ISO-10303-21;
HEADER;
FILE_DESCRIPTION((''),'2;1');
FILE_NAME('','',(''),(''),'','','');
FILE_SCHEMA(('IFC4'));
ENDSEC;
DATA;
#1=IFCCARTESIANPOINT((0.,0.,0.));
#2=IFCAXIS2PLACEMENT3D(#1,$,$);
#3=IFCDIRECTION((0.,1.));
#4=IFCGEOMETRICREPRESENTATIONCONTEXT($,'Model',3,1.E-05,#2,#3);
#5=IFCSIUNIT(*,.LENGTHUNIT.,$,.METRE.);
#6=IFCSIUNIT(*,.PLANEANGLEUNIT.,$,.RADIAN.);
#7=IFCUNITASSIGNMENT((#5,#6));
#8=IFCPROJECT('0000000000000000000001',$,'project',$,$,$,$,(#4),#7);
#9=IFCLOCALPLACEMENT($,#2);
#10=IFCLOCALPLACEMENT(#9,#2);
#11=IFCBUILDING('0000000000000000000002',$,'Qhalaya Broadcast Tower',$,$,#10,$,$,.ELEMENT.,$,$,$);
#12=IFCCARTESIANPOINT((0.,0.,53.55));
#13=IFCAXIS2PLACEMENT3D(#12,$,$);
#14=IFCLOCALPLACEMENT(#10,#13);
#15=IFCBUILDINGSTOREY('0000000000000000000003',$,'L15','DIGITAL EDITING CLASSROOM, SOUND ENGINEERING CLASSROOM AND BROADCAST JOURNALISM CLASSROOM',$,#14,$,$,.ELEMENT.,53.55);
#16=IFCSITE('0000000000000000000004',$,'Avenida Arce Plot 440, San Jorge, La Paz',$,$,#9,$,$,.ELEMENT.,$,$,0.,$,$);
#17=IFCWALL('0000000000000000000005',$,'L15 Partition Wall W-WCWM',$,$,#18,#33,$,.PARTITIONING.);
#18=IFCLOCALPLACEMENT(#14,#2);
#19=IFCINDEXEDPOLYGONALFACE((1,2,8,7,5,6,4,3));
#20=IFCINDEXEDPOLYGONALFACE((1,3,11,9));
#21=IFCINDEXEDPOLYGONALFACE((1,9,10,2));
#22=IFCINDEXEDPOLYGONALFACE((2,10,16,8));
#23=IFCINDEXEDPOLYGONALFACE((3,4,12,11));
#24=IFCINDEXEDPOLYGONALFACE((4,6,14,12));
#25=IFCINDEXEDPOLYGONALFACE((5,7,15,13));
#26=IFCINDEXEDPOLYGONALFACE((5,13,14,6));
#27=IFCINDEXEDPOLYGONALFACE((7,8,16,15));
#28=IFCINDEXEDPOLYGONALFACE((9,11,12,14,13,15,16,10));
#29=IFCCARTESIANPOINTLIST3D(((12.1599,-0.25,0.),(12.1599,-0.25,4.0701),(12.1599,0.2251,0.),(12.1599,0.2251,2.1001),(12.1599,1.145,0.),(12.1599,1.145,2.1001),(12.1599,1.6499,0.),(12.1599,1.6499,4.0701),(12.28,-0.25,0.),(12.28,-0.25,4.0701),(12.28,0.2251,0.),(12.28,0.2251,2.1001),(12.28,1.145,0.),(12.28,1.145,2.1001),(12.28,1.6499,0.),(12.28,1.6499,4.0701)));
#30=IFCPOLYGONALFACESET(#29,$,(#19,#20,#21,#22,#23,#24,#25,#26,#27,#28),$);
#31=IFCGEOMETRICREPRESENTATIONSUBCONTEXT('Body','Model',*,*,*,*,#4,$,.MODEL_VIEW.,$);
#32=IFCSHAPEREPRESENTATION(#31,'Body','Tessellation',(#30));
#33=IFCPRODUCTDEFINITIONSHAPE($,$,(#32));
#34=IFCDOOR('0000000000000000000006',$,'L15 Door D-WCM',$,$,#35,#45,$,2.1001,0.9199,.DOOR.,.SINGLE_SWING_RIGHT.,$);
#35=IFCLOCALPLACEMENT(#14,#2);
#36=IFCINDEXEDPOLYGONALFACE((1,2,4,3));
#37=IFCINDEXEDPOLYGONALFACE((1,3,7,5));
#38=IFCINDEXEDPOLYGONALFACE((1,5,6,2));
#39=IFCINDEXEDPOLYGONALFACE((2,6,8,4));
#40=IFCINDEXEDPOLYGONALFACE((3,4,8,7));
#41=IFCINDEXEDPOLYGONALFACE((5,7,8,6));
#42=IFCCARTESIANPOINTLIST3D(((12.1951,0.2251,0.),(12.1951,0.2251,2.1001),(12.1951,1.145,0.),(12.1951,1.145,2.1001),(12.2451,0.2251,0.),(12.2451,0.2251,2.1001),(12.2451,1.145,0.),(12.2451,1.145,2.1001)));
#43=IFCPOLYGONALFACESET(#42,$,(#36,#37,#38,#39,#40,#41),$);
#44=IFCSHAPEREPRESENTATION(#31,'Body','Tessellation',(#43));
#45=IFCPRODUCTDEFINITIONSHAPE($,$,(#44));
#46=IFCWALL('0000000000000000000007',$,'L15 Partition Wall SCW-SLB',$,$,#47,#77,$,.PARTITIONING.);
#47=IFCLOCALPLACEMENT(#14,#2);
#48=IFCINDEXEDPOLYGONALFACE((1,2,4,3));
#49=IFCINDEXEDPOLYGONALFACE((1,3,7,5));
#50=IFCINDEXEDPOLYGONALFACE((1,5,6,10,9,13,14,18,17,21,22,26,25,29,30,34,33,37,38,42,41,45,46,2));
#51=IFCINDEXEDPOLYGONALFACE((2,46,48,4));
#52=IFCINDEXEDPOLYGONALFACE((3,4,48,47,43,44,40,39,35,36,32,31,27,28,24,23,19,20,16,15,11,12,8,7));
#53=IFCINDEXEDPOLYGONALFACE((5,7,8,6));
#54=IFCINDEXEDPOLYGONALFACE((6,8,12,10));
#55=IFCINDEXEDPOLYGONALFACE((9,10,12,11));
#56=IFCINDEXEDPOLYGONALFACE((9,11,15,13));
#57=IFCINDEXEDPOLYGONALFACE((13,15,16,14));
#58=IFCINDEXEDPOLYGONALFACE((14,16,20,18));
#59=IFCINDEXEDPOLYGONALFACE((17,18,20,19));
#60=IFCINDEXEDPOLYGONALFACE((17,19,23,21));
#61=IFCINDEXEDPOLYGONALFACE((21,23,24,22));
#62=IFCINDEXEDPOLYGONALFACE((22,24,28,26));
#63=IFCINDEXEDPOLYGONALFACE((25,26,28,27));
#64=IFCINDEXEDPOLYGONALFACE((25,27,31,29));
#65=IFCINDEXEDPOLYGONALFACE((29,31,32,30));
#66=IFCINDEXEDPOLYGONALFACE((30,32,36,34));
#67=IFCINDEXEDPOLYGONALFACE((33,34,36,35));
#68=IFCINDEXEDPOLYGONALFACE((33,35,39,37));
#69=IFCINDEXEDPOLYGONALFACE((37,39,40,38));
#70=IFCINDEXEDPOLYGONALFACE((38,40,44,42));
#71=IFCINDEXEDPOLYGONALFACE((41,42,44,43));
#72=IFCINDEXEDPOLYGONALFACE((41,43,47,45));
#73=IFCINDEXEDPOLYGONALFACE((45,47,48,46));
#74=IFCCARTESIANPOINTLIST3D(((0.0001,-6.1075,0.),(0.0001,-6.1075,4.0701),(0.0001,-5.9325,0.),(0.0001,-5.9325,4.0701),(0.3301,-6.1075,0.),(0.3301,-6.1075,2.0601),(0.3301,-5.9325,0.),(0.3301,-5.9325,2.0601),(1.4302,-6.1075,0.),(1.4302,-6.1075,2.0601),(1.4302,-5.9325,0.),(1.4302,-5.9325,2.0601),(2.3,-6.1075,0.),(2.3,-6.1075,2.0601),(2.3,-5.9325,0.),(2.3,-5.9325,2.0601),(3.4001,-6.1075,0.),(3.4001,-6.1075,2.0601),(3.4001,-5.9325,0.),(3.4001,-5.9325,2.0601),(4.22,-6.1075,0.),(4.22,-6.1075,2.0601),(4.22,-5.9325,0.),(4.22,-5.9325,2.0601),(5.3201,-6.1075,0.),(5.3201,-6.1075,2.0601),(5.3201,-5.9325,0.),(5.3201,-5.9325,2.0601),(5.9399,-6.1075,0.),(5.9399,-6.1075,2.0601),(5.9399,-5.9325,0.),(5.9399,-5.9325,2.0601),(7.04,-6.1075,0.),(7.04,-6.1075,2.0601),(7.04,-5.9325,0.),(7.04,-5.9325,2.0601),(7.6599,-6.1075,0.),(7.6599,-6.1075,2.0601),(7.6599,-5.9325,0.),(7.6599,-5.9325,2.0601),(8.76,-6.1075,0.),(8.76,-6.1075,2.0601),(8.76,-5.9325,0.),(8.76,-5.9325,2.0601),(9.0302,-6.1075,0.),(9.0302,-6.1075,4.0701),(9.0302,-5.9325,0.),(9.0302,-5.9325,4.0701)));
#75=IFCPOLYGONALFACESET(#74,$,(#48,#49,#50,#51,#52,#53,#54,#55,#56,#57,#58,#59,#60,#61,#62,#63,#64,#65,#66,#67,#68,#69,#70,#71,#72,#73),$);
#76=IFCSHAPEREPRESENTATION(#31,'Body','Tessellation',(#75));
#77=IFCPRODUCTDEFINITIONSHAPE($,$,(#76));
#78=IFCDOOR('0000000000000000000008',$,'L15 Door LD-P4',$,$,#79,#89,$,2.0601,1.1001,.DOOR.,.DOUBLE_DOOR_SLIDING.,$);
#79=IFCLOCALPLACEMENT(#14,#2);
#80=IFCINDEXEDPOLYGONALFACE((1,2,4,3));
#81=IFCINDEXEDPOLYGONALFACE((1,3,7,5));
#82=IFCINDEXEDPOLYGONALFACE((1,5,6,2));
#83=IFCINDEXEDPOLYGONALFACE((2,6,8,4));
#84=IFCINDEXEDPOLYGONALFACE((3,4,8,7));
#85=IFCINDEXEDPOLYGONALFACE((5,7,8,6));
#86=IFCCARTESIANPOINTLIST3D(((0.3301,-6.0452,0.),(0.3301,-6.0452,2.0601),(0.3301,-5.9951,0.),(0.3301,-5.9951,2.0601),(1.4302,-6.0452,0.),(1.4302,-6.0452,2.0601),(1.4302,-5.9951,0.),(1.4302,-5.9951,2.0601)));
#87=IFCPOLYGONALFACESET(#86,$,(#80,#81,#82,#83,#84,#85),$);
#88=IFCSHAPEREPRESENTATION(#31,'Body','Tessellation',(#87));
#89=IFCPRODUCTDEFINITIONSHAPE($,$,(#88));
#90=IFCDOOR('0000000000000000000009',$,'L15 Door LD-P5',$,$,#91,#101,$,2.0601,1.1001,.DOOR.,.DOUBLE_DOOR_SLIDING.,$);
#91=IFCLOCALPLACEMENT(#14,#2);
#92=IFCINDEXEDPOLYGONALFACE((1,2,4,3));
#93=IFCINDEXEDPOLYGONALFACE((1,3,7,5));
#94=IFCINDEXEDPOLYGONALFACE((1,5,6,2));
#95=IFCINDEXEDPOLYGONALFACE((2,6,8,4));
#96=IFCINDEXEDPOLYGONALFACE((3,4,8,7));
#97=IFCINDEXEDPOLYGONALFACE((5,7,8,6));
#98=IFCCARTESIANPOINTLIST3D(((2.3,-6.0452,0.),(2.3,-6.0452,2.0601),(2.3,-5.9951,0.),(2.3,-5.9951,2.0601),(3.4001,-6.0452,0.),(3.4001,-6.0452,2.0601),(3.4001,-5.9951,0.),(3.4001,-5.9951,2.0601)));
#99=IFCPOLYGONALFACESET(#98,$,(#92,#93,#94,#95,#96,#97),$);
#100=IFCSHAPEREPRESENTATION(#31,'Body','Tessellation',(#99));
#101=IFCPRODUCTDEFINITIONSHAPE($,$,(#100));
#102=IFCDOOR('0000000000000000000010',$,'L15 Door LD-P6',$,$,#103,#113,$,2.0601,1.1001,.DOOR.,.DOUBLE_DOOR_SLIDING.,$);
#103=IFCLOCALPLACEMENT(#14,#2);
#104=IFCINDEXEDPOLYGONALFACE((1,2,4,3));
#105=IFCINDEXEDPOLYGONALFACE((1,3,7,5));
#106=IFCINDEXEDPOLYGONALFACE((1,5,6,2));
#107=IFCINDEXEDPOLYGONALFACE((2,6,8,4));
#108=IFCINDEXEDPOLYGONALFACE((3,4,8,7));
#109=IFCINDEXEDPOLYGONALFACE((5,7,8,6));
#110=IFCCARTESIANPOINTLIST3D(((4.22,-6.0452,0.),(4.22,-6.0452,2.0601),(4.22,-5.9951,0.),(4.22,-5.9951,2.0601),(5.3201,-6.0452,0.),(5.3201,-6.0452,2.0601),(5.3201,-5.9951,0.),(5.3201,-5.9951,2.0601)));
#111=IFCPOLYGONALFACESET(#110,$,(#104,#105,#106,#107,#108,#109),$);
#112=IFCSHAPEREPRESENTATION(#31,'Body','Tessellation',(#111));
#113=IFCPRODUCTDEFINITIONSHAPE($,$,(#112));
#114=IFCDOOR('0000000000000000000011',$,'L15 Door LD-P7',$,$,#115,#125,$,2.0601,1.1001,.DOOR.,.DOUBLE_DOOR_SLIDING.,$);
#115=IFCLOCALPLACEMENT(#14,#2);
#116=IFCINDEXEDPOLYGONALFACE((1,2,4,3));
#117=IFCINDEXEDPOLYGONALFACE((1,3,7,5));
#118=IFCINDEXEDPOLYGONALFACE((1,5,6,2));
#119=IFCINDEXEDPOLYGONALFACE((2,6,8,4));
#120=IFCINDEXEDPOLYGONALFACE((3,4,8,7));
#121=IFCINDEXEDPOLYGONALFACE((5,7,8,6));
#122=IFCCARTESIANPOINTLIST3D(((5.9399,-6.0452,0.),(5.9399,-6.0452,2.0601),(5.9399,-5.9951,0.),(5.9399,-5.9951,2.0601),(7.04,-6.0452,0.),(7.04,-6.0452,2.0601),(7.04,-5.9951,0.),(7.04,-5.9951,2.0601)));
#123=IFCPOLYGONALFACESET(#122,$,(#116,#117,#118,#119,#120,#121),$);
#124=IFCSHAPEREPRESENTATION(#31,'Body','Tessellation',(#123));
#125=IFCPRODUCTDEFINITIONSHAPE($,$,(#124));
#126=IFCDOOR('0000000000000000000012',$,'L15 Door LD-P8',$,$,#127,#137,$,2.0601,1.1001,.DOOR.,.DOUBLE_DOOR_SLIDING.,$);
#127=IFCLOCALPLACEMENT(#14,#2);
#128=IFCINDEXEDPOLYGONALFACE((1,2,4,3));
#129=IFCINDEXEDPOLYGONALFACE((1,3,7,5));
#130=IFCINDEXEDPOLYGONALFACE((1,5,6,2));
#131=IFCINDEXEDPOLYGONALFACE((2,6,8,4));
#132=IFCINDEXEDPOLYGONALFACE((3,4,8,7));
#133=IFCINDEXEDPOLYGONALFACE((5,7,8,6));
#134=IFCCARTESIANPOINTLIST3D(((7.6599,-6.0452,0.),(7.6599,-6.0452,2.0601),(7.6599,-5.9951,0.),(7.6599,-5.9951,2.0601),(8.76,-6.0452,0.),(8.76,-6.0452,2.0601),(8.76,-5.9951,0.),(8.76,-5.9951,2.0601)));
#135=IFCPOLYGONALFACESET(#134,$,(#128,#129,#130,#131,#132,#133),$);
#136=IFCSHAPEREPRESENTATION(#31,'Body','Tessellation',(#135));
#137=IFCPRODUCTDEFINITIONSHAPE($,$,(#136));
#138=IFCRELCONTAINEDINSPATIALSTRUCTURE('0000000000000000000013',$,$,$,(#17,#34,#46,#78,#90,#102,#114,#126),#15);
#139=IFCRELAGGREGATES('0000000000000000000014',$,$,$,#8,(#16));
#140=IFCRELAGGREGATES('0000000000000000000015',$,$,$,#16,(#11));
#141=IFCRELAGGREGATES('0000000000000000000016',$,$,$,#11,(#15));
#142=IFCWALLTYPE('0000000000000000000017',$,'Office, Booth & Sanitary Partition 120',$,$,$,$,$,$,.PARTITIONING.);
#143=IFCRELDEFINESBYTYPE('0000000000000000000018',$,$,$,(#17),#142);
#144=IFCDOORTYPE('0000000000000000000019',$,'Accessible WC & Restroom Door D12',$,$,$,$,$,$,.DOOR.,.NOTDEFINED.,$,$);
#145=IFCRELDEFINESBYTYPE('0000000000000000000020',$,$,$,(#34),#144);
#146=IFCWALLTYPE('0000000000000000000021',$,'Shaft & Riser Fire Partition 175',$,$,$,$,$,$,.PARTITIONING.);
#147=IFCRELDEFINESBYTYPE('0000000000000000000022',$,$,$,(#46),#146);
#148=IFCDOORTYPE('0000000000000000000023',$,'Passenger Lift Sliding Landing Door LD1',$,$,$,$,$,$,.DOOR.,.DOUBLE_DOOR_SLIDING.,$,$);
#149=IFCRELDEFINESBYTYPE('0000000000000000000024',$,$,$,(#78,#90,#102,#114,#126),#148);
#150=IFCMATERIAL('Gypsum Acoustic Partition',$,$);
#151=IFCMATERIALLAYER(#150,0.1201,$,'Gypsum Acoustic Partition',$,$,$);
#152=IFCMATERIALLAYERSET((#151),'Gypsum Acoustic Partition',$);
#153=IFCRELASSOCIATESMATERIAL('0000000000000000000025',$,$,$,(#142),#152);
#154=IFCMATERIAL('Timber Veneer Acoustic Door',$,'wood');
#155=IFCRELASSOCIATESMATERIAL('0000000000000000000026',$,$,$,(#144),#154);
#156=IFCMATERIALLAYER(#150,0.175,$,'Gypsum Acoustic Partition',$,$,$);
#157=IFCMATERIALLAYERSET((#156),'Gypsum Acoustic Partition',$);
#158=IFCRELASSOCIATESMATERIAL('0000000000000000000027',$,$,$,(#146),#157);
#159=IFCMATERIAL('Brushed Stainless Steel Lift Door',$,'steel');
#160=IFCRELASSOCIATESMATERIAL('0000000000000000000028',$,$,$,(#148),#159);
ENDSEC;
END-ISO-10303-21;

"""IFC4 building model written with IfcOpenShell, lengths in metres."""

from ifc_helpers import new_model, si_unit, direction, frame, frame_2d, origin, place, context, subcontext, project, spatial, rectangle, extrude, material, layer, layer_set, type_object, element, fill, save


model = new_model("IFC4")

# Units and contexts
model_context = context("Model", 3, precision=1e-05, world=origin(), true_north=direction((0.0, 1.0)))
body_context = subcontext(model_context, "Body", "Model", "MODEL_VIEW")
ifc_project = project(units=[si_unit("LENGTHUNIT", "METRE"), si_unit("PLANEANGLEUNIT", "RADIAN")], contexts=[model_context])

# Site, building, storey
site_placement = place(None, origin())
site = spatial("IfcSite", under=ifc_project, at=site_placement, Name="Avenida Arce Plot 440, San Jorge, La Paz", CompositionType="ELEMENT", RefElevation=0.0)
building_placement = place(site_placement, origin())
building = spatial("IfcBuilding", under=site, at=building_placement, Name="Qhalaya Broadcast Tower", CompositionType="ELEMENT")
storey_placement = place(building_placement, frame((0.0, 0.0, 53.55)))
storey = spatial("IfcBuildingStorey", under=building, at=storey_placement, Name="L15", Description="DIGITAL EDITING CLASSROOM, SOUND ENGINEERING CLASSROOM AND BROADCAST JOURNALISM CLASSROOM", CompositionType="ELEMENT", Elevation=53.55)

# Shared definitions
ifc_material_1 = material(Name="Gypsum Acoustic Partition")
ifc_material_2 = material(Name="Timber Veneer Acoustic Door", Category="wood")

# Shared definitions
ifc_layer_1 = layer(ifc_material_1, 0.1201, Name="Gypsum Acoustic Partition")
ifc_layer_set_1 = layer_set([ifc_layer_1], Name="Gypsum Acoustic Partition")
wall_type_1 = type_object("IfcWallType", Name="Office, Booth & Sanitary Partition 120", PredefinedType="PARTITIONING", material=ifc_layer_set_1)

# Wall, opening, door
door_type_1 = type_object("IfcDoorType", Name="Accessible WC & Restroom Door D12", OperationType="NOTDEFINED", PredefinedType="DOOR", material=ifc_material_2)
wall_1_placement = place(storey_placement, frame((12.22, -0.25, 0.0), z_axis=(0.0, 0.0, 1.0), x_axis=(0.0, 1.0, 0.0)))
wall_1 = element("IfcWall", 1, at=wall_1_placement, inside=storey, type_object=wall_type_1, Name="L15 Partition Wall W-WCWM", PredefinedType="PARTITIONING", context=body_context, shape_type="SweptSolid", body=[
    extrude(rectangle(XDim=1.8999, YDim=0.1201, at=frame_2d((0.95, 0.0))), origin(), (0.0, 0.0, 1.0), 4.0701),
])
opening_1_placement = place(wall_1_placement, frame((0.4751, 0.0, 0.0)))
opening_1 = element("IfcOpeningElement", 2, at=opening_1_placement, cuts=wall_1, PredefinedType="OPENING", context=body_context, shape_type="SweptSolid", body=[
    extrude(rectangle(XDim=0.9199, YDim=2.1001, at=frame_2d((0.46, 1.05))), frame((0.0, 0.072, 0.0), z_axis=(0.0, -1.0, 0.0), x_axis=(1.0, 0.0, 0.0)), (0.0, 0.0, 1.0), 0.144),
])
door_1_placement = place(opening_1_placement, origin())
door_1 = element("IfcDoor", 3, at=door_1_placement, inside=storey, type_object=door_type_1, Name="L15 Door D-WCM", OperationType="SINGLE_SWING_RIGHT", OverallHeight=2.1001, OverallWidth=0.9199, PredefinedType="DOOR", context=body_context, shape_type="SweptSolid", body=[
    extrude(rectangle(XDim=0.9199, YDim=2.1001, at=frame_2d((0.46, 1.05))), frame((0.0, 0.0249, 0.0), z_axis=(0.0, -1.0, 0.0), x_axis=(1.0, 0.0, 0.0)), (0.0, 0.0, 1.0), 0.05),
])
fill(opening_1, door_1)

# Wall, openings, doors
ifc_layer_2 = layer(ifc_material_1, 0.175, Name="Gypsum Acoustic Partition")
ifc_layer_set_2 = layer_set([ifc_layer_2], Name="Gypsum Acoustic Partition")
wall_type_2 = type_object("IfcWallType", Name="Shaft & Riser Fire Partition 175", PredefinedType="PARTITIONING", material=ifc_layer_set_2)
wall_2_placement = place(storey_placement, frame((0.0, -6.02, 0.0), z_axis=(0.0, 0.0, 1.0), x_axis=(1.0, 0.0, 0.0)))
wall_2 = element("IfcWall", 4, at=wall_2_placement, inside=storey, type_object=wall_type_2, Name="L15 Partition Wall SCW-SLB", PredefinedType="PARTITIONING", context=body_context, shape_type="SweptSolid", body=[
    extrude(rectangle(XDim=9.03, YDim=0.175, at=frame_2d((4.5151, 0.0))), origin(), (0.0, 0.0, 1.0), 4.0701),
])
opening_2_placement = place(wall_2_placement, frame((0.3301, 0.0, 0.0)))
opening_2 = element("IfcOpeningElement", 5, at=opening_2_placement, cuts=wall_2, PredefinedType="OPENING", context=body_context, shape_type="SweptSolid", body=[
    extrude(rectangle(XDim=1.1001, YDim=2.0601, at=frame_2d((0.55, 1.03))), frame((0.0, 0.0996, 0.0), z_axis=(0.0, -1.0, 0.0), x_axis=(1.0, 0.0, 0.0)), (0.0, 0.0, 1.0), 0.199),
])
opening_3_placement = place(wall_2_placement, frame((2.3, 0.0, 0.0)))
opening_3 = element("IfcOpeningElement", 6, at=opening_3_placement, cuts=wall_2, PredefinedType="OPENING", context=body_context, shape_type="SweptSolid", body=[
    extrude(rectangle(XDim=1.1001, YDim=2.0601, at=frame_2d((0.55, 1.03))), frame((0.0, 0.0996, 0.0), z_axis=(0.0, -1.0, 0.0), x_axis=(1.0, 0.0, 0.0)), (0.0, 0.0, 1.0), 0.199),
])
opening_4_placement = place(wall_2_placement, frame((4.22, 0.0, 0.0)))
opening_4 = element("IfcOpeningElement", 7, at=opening_4_placement, cuts=wall_2, PredefinedType="OPENING", context=body_context, shape_type="SweptSolid", body=[
    extrude(rectangle(XDim=1.1001, YDim=2.0601, at=frame_2d((0.55, 1.03))), frame((0.0, 0.0996, 0.0), z_axis=(0.0, -1.0, 0.0), x_axis=(1.0, 0.0, 0.0)), (0.0, 0.0, 1.0), 0.199),
])
opening_5_placement = place(wall_2_placement, frame((5.9399, 0.0, 0.0)))
opening_5 = element("IfcOpeningElement", 8, at=opening_5_placement, cuts=wall_2, PredefinedType="OPENING", context=body_context, shape_type="SweptSolid", body=[
    extrude(rectangle(XDim=1.1001, YDim=2.0601, at=frame_2d((0.55, 1.03))), frame((0.0, 0.0996, 0.0), z_axis=(0.0, -1.0, 0.0), x_axis=(1.0, 0.0, 0.0)), (0.0, 0.0, 1.0), 0.199),
])
opening_6_placement = place(wall_2_placement, frame((7.6599, 0.0, 0.0)))
opening_6 = element("IfcOpeningElement", 9, at=opening_6_placement, cuts=wall_2, PredefinedType="OPENING", context=body_context, shape_type="SweptSolid", body=[
    extrude(rectangle(XDim=1.1001, YDim=2.0601, at=frame_2d((0.55, 1.03))), frame((0.0, 0.0996, 0.0), z_axis=(0.0, -1.0, 0.0), x_axis=(1.0, 0.0, 0.0)), (0.0, 0.0, 1.0), 0.199),
])
ifc_material_3 = material(Name="Brushed Stainless Steel Lift Door", Category="steel")
door_type_2 = type_object("IfcDoorType", Name="Passenger Lift Sliding Landing Door LD1", OperationType="DOUBLE_DOOR_SLIDING", PredefinedType="DOOR", material=ifc_material_3)
door_2_placement = place(opening_2_placement, origin())
door_2 = element("IfcDoor", 10, at=door_2_placement, inside=storey, type_object=door_type_2, Name="L15 Door LD-P4", OperationType="DOUBLE_DOOR_SLIDING", OverallHeight=2.0601, OverallWidth=1.1001, PredefinedType="DOOR", context=body_context, shape_type="SweptSolid", body=[
    extrude(rectangle(XDim=1.1001, YDim=2.0601, at=frame_2d((0.55, 1.03))), frame((0.0, 0.0249, 0.0), z_axis=(0.0, -1.0, 0.0), x_axis=(1.0, 0.0, 0.0)), (0.0, 0.0, 1.0), 0.05),
])
fill(opening_2, door_2)
door_3_placement = place(opening_3_placement, origin())
door_3 = element("IfcDoor", 11, at=door_3_placement, inside=storey, type_object=door_type_2, Name="L15 Door LD-P5", OperationType="DOUBLE_DOOR_SLIDING", OverallHeight=2.0601, OverallWidth=1.1001, PredefinedType="DOOR", context=body_context, shape_type="SweptSolid", body=[
    extrude(rectangle(XDim=1.1001, YDim=2.0601, at=frame_2d((0.55, 1.03))), frame((0.0, 0.0249, 0.0), z_axis=(0.0, -1.0, 0.0), x_axis=(1.0, 0.0, 0.0)), (0.0, 0.0, 1.0), 0.05),
])
fill(opening_3, door_3)
door_4_placement = place(opening_4_placement, origin())
door_4 = element("IfcDoor", 12, at=door_4_placement, inside=storey, type_object=door_type_2, Name="L15 Door LD-P6", OperationType="DOUBLE_DOOR_SLIDING", OverallHeight=2.0601, OverallWidth=1.1001, PredefinedType="DOOR", context=body_context, shape_type="SweptSolid", body=[
    extrude(rectangle(XDim=1.1001, YDim=2.0601, at=frame_2d((0.55, 1.03))), frame((0.0, 0.0249, 0.0), z_axis=(0.0, -1.0, 0.0), x_axis=(1.0, 0.0, 0.0)), (0.0, 0.0, 1.0), 0.05),
])
fill(opening_4, door_4)
door_5_placement = place(opening_5_placement, origin())
door_5 = element("IfcDoor", 13, at=door_5_placement, inside=storey, type_object=door_type_2, Name="L15 Door LD-P7", OperationType="DOUBLE_DOOR_SLIDING", OverallHeight=2.0601, OverallWidth=1.1001, PredefinedType="DOOR", context=body_context, shape_type="SweptSolid", body=[
    extrude(rectangle(XDim=1.1001, YDim=2.0601, at=frame_2d((0.55, 1.03))), frame((0.0, 0.0249, 0.0), z_axis=(0.0, -1.0, 0.0), x_axis=(1.0, 0.0, 0.0)), (0.0, 0.0, 1.0), 0.05),
])
fill(opening_5, door_5)
door_6_placement = place(opening_6_placement, origin())
door_6 = element("IfcDoor", 14, at=door_6_placement, inside=storey, type_object=door_type_2, Name="L15 Door LD-P8", OperationType="DOUBLE_DOOR_SLIDING", OverallHeight=2.0601, OverallWidth=1.1001, PredefinedType="DOOR", context=body_context, shape_type="SweptSolid", body=[
    extrude(rectangle(XDim=1.1001, YDim=2.0601, at=frame_2d((0.55, 1.03))), frame((0.0, 0.0249, 0.0), z_axis=(0.0, -1.0, 0.0), x_axis=(1.0, 0.0, 0.0)), (0.0, 0.0, 1.0), 0.05),
])
fill(opening_6, door_6)

save(model, "model.ifc")
